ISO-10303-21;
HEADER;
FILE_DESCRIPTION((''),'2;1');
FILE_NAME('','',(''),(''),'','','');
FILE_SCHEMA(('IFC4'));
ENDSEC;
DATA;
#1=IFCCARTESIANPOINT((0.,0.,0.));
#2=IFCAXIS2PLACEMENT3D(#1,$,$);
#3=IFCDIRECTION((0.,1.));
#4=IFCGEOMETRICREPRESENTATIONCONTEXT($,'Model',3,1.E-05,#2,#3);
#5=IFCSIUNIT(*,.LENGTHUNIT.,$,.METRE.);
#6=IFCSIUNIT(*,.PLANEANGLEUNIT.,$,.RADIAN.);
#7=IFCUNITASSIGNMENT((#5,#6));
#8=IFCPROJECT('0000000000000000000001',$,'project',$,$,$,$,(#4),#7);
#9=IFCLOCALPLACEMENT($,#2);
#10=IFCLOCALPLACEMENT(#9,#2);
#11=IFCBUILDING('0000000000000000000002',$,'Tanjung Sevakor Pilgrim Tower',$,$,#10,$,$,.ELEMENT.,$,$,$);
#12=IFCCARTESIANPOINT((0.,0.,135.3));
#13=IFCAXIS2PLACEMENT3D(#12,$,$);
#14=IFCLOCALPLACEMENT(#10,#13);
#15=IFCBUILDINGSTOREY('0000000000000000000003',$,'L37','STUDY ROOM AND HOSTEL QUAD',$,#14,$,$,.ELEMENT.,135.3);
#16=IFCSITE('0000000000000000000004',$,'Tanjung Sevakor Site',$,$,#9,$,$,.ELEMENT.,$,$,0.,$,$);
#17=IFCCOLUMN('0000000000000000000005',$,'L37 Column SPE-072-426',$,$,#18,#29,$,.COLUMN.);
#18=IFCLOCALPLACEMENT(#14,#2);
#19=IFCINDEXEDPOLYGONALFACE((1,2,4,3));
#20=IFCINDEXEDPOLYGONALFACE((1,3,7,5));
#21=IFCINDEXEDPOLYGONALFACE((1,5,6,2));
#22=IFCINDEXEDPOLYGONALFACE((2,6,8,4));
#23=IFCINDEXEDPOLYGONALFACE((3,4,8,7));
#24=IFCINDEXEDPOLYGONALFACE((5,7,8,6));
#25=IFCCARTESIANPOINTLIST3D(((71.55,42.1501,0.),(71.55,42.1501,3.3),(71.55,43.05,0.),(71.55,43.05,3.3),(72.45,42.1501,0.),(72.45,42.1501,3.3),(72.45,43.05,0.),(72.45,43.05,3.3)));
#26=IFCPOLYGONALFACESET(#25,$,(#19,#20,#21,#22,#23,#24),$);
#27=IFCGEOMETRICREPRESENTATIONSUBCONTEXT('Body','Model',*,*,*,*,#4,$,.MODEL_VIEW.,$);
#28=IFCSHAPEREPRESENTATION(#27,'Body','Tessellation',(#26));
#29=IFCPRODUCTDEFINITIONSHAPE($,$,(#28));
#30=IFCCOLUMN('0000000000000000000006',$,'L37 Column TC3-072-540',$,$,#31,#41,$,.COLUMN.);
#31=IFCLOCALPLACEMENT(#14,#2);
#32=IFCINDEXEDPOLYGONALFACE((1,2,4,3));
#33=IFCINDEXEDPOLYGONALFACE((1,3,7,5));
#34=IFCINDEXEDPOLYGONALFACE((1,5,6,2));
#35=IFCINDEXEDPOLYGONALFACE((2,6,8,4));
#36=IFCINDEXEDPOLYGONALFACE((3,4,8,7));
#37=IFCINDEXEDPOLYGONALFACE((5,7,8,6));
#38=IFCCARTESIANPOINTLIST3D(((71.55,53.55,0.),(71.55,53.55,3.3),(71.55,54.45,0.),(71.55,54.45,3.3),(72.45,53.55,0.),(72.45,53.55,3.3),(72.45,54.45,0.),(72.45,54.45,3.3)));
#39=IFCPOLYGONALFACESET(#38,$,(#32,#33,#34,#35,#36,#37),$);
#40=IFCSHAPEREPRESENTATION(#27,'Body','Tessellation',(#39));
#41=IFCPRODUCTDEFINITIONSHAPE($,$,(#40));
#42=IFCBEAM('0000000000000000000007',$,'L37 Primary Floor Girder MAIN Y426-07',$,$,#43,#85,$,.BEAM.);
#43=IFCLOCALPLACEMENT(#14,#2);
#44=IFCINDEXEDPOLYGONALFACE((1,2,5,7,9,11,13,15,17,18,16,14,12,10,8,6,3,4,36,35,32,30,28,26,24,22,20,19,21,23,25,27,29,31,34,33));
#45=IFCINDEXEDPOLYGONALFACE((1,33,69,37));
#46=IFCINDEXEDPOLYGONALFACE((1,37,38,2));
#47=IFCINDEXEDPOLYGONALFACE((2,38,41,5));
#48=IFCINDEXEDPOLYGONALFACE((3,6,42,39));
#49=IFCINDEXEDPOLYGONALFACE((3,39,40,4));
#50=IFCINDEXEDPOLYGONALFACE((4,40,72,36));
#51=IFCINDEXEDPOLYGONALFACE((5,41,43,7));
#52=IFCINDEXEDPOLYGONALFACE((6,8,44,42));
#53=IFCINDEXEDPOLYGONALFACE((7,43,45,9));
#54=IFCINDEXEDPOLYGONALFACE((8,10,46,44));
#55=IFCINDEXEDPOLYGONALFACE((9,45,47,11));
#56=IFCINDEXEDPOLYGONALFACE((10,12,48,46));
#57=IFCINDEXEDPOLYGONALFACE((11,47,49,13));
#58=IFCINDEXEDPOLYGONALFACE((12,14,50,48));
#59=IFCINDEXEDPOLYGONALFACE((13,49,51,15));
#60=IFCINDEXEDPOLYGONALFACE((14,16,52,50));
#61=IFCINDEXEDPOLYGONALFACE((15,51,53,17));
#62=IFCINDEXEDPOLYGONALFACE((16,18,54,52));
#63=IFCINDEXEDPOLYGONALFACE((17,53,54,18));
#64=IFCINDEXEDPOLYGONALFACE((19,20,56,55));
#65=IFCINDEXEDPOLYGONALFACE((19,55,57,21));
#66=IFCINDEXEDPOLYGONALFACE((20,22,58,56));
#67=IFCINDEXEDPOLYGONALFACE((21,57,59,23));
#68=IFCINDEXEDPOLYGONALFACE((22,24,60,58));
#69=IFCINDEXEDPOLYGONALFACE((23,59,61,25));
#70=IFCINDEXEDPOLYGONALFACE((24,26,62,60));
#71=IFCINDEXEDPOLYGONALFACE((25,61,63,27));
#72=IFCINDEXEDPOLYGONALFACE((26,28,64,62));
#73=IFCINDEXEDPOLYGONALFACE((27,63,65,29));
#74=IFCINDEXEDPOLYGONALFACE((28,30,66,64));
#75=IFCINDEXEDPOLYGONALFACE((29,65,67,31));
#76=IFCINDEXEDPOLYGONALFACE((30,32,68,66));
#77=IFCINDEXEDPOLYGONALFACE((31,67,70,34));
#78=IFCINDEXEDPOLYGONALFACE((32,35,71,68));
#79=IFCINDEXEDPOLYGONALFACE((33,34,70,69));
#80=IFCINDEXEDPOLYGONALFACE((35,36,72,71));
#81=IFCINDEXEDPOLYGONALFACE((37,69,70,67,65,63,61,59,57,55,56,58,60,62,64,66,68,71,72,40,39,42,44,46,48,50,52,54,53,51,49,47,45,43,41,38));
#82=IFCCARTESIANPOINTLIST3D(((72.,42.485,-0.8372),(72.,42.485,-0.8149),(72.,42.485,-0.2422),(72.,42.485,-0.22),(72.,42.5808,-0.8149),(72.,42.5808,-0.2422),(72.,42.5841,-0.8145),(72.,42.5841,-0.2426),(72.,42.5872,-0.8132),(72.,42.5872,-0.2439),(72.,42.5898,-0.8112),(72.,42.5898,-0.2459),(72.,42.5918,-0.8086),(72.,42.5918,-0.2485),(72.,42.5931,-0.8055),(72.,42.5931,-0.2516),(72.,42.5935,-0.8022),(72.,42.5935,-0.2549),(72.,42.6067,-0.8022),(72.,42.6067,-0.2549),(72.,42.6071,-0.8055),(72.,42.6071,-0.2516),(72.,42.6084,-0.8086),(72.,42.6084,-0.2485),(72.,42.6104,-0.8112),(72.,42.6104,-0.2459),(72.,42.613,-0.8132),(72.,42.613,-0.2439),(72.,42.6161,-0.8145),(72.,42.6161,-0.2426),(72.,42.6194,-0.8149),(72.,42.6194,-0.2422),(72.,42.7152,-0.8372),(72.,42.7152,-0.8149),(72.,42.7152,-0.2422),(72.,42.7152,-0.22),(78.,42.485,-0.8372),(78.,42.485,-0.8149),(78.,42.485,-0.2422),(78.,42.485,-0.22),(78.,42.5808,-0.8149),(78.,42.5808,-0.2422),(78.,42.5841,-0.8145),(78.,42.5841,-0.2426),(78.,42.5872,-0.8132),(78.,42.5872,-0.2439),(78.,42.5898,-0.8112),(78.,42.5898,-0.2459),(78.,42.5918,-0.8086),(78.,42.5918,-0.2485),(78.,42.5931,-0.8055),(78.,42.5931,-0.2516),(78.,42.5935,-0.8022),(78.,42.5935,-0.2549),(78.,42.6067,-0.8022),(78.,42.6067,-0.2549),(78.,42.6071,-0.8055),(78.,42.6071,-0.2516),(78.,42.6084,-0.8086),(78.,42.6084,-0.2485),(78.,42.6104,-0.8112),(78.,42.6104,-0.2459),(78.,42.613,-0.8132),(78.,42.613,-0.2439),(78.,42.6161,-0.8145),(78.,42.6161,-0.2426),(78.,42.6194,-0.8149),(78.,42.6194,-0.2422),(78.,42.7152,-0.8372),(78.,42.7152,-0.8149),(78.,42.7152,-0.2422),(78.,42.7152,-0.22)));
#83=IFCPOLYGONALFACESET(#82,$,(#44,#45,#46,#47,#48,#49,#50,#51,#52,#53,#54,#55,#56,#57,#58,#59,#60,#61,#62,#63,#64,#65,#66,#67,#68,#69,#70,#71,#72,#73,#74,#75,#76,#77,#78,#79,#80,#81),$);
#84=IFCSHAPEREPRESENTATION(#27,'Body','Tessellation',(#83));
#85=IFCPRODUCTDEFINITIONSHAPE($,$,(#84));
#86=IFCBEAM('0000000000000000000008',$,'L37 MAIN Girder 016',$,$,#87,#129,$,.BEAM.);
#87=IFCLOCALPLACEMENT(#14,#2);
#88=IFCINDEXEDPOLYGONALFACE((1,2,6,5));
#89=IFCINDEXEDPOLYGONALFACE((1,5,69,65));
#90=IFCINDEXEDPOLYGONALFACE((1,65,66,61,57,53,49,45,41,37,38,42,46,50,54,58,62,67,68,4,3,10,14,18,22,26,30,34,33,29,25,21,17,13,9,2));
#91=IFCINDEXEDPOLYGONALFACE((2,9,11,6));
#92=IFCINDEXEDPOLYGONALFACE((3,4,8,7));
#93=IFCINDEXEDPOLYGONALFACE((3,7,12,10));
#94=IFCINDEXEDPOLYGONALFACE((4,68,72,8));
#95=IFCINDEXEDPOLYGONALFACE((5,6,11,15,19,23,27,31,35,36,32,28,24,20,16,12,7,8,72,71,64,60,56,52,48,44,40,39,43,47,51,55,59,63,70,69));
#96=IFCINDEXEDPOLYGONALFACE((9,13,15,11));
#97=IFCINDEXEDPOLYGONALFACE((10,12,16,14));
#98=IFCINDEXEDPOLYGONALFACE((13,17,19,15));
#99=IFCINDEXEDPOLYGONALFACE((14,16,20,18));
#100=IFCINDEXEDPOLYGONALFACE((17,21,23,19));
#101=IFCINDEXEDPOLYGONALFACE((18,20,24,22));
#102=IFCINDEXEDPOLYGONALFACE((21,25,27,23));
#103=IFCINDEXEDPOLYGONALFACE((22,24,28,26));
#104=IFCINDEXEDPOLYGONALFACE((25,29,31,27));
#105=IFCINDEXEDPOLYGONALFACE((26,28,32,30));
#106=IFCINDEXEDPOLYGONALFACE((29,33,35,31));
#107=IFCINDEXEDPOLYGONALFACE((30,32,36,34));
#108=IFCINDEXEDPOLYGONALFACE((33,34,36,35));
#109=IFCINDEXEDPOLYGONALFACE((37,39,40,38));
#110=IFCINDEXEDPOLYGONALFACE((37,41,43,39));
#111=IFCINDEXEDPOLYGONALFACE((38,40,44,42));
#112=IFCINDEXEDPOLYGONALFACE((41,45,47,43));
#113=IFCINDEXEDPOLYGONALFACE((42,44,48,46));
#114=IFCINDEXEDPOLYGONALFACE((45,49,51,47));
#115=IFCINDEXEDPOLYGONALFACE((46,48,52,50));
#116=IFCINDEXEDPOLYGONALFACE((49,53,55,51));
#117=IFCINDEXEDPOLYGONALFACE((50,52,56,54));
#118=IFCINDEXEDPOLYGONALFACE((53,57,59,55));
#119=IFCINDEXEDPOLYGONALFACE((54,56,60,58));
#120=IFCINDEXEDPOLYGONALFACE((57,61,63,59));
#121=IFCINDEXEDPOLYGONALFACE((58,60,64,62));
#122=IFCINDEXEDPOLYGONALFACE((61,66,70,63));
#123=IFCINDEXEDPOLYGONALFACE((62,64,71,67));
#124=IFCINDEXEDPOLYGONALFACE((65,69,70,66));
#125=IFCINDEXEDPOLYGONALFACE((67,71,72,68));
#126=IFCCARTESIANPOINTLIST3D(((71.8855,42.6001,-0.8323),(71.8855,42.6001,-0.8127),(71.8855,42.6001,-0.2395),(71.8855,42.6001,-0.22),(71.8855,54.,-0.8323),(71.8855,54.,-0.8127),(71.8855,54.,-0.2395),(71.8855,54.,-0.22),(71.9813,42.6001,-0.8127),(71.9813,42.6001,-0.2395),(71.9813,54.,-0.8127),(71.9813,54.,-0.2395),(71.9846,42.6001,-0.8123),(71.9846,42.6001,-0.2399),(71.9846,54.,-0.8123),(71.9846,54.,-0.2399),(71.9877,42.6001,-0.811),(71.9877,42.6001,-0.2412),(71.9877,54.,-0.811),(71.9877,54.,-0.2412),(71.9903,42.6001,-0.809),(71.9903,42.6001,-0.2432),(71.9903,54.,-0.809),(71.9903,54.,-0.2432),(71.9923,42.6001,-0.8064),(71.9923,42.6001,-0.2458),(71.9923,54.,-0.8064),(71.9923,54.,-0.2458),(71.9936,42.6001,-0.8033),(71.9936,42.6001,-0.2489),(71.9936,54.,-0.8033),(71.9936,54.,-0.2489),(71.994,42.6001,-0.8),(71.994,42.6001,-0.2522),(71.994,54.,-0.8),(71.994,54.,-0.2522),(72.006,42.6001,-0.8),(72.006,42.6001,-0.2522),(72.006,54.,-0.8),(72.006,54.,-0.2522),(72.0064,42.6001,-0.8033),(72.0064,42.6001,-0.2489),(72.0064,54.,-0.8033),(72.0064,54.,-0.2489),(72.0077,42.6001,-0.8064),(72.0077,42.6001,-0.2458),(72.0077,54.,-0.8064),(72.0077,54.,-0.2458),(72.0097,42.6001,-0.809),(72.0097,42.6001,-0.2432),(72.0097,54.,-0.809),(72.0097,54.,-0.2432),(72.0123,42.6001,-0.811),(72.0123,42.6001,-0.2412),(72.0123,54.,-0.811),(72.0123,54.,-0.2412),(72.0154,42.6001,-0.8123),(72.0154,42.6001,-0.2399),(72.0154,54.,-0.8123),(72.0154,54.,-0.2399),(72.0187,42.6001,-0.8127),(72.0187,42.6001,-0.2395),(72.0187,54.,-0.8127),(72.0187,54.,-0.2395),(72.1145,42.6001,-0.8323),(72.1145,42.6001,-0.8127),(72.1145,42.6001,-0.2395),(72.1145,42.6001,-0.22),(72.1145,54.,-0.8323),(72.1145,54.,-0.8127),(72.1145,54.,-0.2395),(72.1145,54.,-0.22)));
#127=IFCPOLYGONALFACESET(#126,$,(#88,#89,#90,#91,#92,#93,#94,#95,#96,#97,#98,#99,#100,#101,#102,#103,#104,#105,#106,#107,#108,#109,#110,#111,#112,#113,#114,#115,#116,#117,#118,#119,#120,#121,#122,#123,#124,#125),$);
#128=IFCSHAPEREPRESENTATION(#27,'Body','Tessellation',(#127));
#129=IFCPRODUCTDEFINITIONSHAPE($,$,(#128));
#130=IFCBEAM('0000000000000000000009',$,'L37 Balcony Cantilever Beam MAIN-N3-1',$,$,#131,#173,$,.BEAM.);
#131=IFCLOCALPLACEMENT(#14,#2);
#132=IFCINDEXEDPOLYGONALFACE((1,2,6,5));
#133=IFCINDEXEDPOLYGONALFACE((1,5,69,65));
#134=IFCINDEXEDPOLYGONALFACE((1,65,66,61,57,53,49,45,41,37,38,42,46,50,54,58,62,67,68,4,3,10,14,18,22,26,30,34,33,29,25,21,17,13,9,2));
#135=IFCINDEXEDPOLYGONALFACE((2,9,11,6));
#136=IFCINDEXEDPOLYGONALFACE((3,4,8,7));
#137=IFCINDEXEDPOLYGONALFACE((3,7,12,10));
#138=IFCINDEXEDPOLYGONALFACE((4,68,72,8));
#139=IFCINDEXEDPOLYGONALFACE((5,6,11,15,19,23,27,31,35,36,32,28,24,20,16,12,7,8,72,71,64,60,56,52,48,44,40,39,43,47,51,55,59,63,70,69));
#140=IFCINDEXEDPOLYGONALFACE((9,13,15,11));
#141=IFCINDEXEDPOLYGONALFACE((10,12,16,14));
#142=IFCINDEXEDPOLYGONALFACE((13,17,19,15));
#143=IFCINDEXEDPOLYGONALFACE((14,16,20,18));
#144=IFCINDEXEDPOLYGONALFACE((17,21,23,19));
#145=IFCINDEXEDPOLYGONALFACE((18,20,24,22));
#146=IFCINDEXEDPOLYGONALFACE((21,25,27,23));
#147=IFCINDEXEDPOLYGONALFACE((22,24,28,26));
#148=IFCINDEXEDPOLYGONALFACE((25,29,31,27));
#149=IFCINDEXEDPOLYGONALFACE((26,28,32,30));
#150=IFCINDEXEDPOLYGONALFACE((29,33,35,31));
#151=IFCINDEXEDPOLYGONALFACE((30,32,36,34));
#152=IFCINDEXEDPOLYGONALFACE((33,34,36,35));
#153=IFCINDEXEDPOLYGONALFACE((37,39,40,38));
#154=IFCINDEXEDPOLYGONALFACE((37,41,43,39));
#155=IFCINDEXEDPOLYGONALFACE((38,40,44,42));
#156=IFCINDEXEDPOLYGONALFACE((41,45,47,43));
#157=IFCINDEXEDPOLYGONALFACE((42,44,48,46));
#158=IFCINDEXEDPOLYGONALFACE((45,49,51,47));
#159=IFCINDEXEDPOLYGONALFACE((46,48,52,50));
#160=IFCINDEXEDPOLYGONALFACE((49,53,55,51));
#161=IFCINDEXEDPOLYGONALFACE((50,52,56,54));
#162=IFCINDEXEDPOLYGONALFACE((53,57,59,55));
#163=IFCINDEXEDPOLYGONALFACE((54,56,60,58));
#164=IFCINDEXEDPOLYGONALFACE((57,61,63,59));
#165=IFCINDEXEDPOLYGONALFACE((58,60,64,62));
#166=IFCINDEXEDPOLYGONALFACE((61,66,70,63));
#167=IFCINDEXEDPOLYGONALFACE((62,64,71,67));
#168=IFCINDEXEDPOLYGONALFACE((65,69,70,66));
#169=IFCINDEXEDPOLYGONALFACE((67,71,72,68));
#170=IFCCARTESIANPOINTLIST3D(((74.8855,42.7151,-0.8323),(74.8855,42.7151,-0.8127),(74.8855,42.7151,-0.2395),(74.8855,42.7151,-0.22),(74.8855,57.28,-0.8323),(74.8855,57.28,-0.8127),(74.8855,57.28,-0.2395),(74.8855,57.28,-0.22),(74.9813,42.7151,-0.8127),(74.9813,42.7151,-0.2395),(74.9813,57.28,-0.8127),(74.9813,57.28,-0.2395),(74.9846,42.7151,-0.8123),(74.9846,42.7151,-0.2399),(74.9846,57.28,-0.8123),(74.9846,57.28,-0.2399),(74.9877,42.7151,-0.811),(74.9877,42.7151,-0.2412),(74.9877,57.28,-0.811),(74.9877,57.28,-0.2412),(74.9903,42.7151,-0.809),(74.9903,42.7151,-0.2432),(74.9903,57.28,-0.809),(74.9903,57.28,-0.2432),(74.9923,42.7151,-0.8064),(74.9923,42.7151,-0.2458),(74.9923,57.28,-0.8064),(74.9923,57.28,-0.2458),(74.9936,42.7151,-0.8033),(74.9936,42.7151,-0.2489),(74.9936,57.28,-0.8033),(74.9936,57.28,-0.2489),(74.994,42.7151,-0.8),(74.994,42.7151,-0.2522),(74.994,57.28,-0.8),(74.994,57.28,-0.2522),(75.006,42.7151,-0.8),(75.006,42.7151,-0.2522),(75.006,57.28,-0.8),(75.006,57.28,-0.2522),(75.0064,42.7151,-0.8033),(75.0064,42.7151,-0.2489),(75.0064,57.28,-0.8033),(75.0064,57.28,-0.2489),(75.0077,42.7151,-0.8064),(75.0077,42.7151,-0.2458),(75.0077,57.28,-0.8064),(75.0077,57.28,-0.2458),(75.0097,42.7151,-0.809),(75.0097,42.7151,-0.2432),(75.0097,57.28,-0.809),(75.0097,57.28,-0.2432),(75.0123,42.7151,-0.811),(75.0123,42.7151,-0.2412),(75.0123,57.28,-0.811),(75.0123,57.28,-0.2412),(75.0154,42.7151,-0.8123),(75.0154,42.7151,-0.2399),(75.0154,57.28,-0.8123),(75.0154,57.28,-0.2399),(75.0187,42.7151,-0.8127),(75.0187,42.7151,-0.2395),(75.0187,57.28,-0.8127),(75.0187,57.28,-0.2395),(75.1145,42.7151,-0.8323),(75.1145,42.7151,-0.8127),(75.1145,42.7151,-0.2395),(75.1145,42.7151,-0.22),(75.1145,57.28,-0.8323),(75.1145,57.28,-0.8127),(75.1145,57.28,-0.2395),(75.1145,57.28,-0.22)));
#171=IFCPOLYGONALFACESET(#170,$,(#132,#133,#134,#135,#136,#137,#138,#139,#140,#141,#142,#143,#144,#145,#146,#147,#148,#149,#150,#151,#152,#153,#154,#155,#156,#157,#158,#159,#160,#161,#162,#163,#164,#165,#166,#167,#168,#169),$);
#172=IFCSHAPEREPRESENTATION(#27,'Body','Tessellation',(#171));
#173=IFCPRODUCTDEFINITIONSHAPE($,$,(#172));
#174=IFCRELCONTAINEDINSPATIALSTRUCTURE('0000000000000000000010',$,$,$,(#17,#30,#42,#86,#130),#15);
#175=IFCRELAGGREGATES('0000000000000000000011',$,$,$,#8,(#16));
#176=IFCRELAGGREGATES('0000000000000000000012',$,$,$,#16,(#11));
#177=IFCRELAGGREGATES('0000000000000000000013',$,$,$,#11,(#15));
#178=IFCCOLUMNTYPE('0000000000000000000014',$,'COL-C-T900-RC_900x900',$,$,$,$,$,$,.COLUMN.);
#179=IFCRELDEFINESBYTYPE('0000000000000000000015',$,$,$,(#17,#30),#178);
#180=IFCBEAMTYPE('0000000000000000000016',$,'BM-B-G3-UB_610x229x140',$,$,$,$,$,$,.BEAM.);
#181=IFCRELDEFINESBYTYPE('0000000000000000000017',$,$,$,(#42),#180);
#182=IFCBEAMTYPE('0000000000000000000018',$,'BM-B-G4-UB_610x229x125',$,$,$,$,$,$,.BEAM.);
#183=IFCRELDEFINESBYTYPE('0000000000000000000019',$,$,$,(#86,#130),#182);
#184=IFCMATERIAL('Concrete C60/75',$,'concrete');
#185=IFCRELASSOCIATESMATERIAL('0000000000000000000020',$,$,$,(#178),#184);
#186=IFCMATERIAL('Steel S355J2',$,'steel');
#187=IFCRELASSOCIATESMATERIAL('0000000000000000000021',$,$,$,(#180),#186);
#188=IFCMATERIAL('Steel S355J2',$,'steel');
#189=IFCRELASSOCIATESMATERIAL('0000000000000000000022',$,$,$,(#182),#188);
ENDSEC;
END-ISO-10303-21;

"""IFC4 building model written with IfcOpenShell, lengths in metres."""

from ifc_helpers import new_model, si_unit, direction, frame, origin, origin_2d, place, context, subcontext, project, spatial, rectangle, i_section, extrude, material, material_profile, profile_set, type_object, element, save


model = new_model("IFC4")

# Units and contexts
model_context = context("Model", 3, precision=1e-05, world=origin(), true_north=direction((0.0, 1.0)))
body_context = subcontext(model_context, "Body", "Model", "MODEL_VIEW")
ifc_project = project(units=[si_unit("LENGTHUNIT", "METRE"), si_unit("PLANEANGLEUNIT", "RADIAN")], contexts=[model_context])

# Site, building, storey
site_placement = place(None, origin())
site = spatial("IfcSite", under=ifc_project, at=site_placement, Name="Tanjung Sevakor Site", CompositionType="ELEMENT", RefElevation=0.0)
building_placement = place(site_placement, origin())
building = spatial("IfcBuilding", under=site, at=building_placement, Name="Tanjung Sevakor Pilgrim Tower", CompositionType="ELEMENT")
storey_placement = place(building_placement, frame((0.0, 0.0, 135.3)))
storey = spatial("IfcBuildingStorey", under=building, at=storey_placement, Name="L37", Description="STUDY ROOM AND HOSTEL QUAD", CompositionType="ELEMENT", Elevation=135.3)

# Columns
ifc_material_1 = material(Name="Concrete C60/75", Category="concrete")
ifc_material_profile_1 = material_profile(ifc_material_1, rectangle(XDim=0.8999, YDim=0.8999, at=origin_2d()))
ifc_profile_set_1 = profile_set([ifc_material_profile_1], Name="Concrete C60/75")
column_type = type_object("IfcColumnType", Name="COL-C-T900-RC_900x900", PredefinedType="COLUMN", material=ifc_profile_set_1)
for number, where, z_axis, x_axis, name in (
    (1, (72.0, 42.6001, 0.0), (0.0, 0.0, 1.0), (1.0, 0.0, 0.0), "L37 Column SPE-072-426"),
    (2, (72.0, 54.0, 0.0), (0.0, 0.0, 1.0), (1.0, 0.0, 0.0), "L37 Column TC3-072-540"),
):
    element("IfcColumn", number, at=place(storey_placement, frame(where, z_axis=z_axis, x_axis=x_axis)), inside=storey, type_object=column_type, Name=name, PredefinedType="COLUMN", context=body_context, shape_type="SweptSolid", body=[
        extrude(rectangle(XDim=0.8999, YDim=0.8999, at=origin_2d()), origin(), (0.0, 0.0, 1.0), 3.3),
    ])

# Beams
ifc_material_2 = material(Name="Steel S355J2", Category="steel")
ifc_material_profile_2 = material_profile(ifc_material_2, i_section(OverallWidth=0.2302, OverallDepth=0.6172, WebThickness=0.0132, FlangeThickness=0.0222, FilletRadius=0.0127, at=origin_2d()))
ifc_profile_set_2 = profile_set([ifc_material_profile_2], Name="Steel S355J2")
beam_type_1 = type_object("IfcBeamType", Name="BM-B-G3-UB_610x229x140", PredefinedType="BEAM", material=ifc_profile_set_2)
beam_1_placement = place(storey_placement, frame((72.0, 42.6001, -0.5286), z_axis=(1.0, 0.0, 0.0), x_axis=(0.0, 1.0, 0.0)))
element("IfcBeam", 3, at=beam_1_placement, inside=storey, type_object=beam_type_1, Name="L37 Primary Floor Girder MAIN Y426-07", PredefinedType="BEAM", context=body_context, shape_type="SweptSolid", body=[
    extrude(i_section(OverallWidth=0.2302, OverallDepth=0.6172, WebThickness=0.0132, FlangeThickness=0.0222, FilletRadius=0.0127, at=origin_2d()), origin(), (0.0, 0.0, 1.0), 6.0),
])
ifc_material_3 = material(Name="Steel S355J2", Category="steel")
ifc_material_profile_3 = material_profile(ifc_material_3, i_section(OverallWidth=0.229, OverallDepth=0.6123, WebThickness=0.012, FlangeThickness=0.0195, FilletRadius=0.0127, at=origin_2d()))
ifc_profile_set_3 = profile_set([ifc_material_profile_3], Name="Steel S355J2")
beam_type_2 = type_object("IfcBeamType", Name="BM-B-G4-UB_610x229x125", PredefinedType="BEAM", material=ifc_profile_set_3)
beam_2_placement = place(storey_placement, frame((72.0, 42.6001, -0.5261), z_axis=(0.0, 1.0, 0.0), x_axis=(-1.0, 0.0, 0.0)))
element("IfcBeam", 4, at=beam_2_placement, inside=storey, type_object=beam_type_2, Name="L37 MAIN Girder 016", PredefinedType="BEAM", context=body_context, shape_type="SweptSolid", body=[
    extrude(i_section(OverallWidth=0.229, OverallDepth=0.6123, WebThickness=0.012, FlangeThickness=0.0195, FilletRadius=0.0127, at=origin_2d()), origin(), (0.0, 0.0, 1.0), 11.3999),
])
beam_3_placement = place(storey_placement, frame((75.0, 42.7151, -0.5261), z_axis=(0.0, 1.0, 0.0), x_axis=(-1.0, 0.0, 0.0)))
element("IfcBeam", 5, at=beam_3_placement, inside=storey, type_object=beam_type_2, Name="L37 Balcony Cantilever Beam MAIN-N3-1", PredefinedType="BEAM", context=body_context, shape_type="SweptSolid", body=[
    extrude(i_section(OverallWidth=0.229, OverallDepth=0.6123, WebThickness=0.012, FlangeThickness=0.0195, FilletRadius=0.0127, at=origin_2d()), origin(), (0.0, 0.0, 1.0), 14.5649),
])

save(model, "model.ifc")
